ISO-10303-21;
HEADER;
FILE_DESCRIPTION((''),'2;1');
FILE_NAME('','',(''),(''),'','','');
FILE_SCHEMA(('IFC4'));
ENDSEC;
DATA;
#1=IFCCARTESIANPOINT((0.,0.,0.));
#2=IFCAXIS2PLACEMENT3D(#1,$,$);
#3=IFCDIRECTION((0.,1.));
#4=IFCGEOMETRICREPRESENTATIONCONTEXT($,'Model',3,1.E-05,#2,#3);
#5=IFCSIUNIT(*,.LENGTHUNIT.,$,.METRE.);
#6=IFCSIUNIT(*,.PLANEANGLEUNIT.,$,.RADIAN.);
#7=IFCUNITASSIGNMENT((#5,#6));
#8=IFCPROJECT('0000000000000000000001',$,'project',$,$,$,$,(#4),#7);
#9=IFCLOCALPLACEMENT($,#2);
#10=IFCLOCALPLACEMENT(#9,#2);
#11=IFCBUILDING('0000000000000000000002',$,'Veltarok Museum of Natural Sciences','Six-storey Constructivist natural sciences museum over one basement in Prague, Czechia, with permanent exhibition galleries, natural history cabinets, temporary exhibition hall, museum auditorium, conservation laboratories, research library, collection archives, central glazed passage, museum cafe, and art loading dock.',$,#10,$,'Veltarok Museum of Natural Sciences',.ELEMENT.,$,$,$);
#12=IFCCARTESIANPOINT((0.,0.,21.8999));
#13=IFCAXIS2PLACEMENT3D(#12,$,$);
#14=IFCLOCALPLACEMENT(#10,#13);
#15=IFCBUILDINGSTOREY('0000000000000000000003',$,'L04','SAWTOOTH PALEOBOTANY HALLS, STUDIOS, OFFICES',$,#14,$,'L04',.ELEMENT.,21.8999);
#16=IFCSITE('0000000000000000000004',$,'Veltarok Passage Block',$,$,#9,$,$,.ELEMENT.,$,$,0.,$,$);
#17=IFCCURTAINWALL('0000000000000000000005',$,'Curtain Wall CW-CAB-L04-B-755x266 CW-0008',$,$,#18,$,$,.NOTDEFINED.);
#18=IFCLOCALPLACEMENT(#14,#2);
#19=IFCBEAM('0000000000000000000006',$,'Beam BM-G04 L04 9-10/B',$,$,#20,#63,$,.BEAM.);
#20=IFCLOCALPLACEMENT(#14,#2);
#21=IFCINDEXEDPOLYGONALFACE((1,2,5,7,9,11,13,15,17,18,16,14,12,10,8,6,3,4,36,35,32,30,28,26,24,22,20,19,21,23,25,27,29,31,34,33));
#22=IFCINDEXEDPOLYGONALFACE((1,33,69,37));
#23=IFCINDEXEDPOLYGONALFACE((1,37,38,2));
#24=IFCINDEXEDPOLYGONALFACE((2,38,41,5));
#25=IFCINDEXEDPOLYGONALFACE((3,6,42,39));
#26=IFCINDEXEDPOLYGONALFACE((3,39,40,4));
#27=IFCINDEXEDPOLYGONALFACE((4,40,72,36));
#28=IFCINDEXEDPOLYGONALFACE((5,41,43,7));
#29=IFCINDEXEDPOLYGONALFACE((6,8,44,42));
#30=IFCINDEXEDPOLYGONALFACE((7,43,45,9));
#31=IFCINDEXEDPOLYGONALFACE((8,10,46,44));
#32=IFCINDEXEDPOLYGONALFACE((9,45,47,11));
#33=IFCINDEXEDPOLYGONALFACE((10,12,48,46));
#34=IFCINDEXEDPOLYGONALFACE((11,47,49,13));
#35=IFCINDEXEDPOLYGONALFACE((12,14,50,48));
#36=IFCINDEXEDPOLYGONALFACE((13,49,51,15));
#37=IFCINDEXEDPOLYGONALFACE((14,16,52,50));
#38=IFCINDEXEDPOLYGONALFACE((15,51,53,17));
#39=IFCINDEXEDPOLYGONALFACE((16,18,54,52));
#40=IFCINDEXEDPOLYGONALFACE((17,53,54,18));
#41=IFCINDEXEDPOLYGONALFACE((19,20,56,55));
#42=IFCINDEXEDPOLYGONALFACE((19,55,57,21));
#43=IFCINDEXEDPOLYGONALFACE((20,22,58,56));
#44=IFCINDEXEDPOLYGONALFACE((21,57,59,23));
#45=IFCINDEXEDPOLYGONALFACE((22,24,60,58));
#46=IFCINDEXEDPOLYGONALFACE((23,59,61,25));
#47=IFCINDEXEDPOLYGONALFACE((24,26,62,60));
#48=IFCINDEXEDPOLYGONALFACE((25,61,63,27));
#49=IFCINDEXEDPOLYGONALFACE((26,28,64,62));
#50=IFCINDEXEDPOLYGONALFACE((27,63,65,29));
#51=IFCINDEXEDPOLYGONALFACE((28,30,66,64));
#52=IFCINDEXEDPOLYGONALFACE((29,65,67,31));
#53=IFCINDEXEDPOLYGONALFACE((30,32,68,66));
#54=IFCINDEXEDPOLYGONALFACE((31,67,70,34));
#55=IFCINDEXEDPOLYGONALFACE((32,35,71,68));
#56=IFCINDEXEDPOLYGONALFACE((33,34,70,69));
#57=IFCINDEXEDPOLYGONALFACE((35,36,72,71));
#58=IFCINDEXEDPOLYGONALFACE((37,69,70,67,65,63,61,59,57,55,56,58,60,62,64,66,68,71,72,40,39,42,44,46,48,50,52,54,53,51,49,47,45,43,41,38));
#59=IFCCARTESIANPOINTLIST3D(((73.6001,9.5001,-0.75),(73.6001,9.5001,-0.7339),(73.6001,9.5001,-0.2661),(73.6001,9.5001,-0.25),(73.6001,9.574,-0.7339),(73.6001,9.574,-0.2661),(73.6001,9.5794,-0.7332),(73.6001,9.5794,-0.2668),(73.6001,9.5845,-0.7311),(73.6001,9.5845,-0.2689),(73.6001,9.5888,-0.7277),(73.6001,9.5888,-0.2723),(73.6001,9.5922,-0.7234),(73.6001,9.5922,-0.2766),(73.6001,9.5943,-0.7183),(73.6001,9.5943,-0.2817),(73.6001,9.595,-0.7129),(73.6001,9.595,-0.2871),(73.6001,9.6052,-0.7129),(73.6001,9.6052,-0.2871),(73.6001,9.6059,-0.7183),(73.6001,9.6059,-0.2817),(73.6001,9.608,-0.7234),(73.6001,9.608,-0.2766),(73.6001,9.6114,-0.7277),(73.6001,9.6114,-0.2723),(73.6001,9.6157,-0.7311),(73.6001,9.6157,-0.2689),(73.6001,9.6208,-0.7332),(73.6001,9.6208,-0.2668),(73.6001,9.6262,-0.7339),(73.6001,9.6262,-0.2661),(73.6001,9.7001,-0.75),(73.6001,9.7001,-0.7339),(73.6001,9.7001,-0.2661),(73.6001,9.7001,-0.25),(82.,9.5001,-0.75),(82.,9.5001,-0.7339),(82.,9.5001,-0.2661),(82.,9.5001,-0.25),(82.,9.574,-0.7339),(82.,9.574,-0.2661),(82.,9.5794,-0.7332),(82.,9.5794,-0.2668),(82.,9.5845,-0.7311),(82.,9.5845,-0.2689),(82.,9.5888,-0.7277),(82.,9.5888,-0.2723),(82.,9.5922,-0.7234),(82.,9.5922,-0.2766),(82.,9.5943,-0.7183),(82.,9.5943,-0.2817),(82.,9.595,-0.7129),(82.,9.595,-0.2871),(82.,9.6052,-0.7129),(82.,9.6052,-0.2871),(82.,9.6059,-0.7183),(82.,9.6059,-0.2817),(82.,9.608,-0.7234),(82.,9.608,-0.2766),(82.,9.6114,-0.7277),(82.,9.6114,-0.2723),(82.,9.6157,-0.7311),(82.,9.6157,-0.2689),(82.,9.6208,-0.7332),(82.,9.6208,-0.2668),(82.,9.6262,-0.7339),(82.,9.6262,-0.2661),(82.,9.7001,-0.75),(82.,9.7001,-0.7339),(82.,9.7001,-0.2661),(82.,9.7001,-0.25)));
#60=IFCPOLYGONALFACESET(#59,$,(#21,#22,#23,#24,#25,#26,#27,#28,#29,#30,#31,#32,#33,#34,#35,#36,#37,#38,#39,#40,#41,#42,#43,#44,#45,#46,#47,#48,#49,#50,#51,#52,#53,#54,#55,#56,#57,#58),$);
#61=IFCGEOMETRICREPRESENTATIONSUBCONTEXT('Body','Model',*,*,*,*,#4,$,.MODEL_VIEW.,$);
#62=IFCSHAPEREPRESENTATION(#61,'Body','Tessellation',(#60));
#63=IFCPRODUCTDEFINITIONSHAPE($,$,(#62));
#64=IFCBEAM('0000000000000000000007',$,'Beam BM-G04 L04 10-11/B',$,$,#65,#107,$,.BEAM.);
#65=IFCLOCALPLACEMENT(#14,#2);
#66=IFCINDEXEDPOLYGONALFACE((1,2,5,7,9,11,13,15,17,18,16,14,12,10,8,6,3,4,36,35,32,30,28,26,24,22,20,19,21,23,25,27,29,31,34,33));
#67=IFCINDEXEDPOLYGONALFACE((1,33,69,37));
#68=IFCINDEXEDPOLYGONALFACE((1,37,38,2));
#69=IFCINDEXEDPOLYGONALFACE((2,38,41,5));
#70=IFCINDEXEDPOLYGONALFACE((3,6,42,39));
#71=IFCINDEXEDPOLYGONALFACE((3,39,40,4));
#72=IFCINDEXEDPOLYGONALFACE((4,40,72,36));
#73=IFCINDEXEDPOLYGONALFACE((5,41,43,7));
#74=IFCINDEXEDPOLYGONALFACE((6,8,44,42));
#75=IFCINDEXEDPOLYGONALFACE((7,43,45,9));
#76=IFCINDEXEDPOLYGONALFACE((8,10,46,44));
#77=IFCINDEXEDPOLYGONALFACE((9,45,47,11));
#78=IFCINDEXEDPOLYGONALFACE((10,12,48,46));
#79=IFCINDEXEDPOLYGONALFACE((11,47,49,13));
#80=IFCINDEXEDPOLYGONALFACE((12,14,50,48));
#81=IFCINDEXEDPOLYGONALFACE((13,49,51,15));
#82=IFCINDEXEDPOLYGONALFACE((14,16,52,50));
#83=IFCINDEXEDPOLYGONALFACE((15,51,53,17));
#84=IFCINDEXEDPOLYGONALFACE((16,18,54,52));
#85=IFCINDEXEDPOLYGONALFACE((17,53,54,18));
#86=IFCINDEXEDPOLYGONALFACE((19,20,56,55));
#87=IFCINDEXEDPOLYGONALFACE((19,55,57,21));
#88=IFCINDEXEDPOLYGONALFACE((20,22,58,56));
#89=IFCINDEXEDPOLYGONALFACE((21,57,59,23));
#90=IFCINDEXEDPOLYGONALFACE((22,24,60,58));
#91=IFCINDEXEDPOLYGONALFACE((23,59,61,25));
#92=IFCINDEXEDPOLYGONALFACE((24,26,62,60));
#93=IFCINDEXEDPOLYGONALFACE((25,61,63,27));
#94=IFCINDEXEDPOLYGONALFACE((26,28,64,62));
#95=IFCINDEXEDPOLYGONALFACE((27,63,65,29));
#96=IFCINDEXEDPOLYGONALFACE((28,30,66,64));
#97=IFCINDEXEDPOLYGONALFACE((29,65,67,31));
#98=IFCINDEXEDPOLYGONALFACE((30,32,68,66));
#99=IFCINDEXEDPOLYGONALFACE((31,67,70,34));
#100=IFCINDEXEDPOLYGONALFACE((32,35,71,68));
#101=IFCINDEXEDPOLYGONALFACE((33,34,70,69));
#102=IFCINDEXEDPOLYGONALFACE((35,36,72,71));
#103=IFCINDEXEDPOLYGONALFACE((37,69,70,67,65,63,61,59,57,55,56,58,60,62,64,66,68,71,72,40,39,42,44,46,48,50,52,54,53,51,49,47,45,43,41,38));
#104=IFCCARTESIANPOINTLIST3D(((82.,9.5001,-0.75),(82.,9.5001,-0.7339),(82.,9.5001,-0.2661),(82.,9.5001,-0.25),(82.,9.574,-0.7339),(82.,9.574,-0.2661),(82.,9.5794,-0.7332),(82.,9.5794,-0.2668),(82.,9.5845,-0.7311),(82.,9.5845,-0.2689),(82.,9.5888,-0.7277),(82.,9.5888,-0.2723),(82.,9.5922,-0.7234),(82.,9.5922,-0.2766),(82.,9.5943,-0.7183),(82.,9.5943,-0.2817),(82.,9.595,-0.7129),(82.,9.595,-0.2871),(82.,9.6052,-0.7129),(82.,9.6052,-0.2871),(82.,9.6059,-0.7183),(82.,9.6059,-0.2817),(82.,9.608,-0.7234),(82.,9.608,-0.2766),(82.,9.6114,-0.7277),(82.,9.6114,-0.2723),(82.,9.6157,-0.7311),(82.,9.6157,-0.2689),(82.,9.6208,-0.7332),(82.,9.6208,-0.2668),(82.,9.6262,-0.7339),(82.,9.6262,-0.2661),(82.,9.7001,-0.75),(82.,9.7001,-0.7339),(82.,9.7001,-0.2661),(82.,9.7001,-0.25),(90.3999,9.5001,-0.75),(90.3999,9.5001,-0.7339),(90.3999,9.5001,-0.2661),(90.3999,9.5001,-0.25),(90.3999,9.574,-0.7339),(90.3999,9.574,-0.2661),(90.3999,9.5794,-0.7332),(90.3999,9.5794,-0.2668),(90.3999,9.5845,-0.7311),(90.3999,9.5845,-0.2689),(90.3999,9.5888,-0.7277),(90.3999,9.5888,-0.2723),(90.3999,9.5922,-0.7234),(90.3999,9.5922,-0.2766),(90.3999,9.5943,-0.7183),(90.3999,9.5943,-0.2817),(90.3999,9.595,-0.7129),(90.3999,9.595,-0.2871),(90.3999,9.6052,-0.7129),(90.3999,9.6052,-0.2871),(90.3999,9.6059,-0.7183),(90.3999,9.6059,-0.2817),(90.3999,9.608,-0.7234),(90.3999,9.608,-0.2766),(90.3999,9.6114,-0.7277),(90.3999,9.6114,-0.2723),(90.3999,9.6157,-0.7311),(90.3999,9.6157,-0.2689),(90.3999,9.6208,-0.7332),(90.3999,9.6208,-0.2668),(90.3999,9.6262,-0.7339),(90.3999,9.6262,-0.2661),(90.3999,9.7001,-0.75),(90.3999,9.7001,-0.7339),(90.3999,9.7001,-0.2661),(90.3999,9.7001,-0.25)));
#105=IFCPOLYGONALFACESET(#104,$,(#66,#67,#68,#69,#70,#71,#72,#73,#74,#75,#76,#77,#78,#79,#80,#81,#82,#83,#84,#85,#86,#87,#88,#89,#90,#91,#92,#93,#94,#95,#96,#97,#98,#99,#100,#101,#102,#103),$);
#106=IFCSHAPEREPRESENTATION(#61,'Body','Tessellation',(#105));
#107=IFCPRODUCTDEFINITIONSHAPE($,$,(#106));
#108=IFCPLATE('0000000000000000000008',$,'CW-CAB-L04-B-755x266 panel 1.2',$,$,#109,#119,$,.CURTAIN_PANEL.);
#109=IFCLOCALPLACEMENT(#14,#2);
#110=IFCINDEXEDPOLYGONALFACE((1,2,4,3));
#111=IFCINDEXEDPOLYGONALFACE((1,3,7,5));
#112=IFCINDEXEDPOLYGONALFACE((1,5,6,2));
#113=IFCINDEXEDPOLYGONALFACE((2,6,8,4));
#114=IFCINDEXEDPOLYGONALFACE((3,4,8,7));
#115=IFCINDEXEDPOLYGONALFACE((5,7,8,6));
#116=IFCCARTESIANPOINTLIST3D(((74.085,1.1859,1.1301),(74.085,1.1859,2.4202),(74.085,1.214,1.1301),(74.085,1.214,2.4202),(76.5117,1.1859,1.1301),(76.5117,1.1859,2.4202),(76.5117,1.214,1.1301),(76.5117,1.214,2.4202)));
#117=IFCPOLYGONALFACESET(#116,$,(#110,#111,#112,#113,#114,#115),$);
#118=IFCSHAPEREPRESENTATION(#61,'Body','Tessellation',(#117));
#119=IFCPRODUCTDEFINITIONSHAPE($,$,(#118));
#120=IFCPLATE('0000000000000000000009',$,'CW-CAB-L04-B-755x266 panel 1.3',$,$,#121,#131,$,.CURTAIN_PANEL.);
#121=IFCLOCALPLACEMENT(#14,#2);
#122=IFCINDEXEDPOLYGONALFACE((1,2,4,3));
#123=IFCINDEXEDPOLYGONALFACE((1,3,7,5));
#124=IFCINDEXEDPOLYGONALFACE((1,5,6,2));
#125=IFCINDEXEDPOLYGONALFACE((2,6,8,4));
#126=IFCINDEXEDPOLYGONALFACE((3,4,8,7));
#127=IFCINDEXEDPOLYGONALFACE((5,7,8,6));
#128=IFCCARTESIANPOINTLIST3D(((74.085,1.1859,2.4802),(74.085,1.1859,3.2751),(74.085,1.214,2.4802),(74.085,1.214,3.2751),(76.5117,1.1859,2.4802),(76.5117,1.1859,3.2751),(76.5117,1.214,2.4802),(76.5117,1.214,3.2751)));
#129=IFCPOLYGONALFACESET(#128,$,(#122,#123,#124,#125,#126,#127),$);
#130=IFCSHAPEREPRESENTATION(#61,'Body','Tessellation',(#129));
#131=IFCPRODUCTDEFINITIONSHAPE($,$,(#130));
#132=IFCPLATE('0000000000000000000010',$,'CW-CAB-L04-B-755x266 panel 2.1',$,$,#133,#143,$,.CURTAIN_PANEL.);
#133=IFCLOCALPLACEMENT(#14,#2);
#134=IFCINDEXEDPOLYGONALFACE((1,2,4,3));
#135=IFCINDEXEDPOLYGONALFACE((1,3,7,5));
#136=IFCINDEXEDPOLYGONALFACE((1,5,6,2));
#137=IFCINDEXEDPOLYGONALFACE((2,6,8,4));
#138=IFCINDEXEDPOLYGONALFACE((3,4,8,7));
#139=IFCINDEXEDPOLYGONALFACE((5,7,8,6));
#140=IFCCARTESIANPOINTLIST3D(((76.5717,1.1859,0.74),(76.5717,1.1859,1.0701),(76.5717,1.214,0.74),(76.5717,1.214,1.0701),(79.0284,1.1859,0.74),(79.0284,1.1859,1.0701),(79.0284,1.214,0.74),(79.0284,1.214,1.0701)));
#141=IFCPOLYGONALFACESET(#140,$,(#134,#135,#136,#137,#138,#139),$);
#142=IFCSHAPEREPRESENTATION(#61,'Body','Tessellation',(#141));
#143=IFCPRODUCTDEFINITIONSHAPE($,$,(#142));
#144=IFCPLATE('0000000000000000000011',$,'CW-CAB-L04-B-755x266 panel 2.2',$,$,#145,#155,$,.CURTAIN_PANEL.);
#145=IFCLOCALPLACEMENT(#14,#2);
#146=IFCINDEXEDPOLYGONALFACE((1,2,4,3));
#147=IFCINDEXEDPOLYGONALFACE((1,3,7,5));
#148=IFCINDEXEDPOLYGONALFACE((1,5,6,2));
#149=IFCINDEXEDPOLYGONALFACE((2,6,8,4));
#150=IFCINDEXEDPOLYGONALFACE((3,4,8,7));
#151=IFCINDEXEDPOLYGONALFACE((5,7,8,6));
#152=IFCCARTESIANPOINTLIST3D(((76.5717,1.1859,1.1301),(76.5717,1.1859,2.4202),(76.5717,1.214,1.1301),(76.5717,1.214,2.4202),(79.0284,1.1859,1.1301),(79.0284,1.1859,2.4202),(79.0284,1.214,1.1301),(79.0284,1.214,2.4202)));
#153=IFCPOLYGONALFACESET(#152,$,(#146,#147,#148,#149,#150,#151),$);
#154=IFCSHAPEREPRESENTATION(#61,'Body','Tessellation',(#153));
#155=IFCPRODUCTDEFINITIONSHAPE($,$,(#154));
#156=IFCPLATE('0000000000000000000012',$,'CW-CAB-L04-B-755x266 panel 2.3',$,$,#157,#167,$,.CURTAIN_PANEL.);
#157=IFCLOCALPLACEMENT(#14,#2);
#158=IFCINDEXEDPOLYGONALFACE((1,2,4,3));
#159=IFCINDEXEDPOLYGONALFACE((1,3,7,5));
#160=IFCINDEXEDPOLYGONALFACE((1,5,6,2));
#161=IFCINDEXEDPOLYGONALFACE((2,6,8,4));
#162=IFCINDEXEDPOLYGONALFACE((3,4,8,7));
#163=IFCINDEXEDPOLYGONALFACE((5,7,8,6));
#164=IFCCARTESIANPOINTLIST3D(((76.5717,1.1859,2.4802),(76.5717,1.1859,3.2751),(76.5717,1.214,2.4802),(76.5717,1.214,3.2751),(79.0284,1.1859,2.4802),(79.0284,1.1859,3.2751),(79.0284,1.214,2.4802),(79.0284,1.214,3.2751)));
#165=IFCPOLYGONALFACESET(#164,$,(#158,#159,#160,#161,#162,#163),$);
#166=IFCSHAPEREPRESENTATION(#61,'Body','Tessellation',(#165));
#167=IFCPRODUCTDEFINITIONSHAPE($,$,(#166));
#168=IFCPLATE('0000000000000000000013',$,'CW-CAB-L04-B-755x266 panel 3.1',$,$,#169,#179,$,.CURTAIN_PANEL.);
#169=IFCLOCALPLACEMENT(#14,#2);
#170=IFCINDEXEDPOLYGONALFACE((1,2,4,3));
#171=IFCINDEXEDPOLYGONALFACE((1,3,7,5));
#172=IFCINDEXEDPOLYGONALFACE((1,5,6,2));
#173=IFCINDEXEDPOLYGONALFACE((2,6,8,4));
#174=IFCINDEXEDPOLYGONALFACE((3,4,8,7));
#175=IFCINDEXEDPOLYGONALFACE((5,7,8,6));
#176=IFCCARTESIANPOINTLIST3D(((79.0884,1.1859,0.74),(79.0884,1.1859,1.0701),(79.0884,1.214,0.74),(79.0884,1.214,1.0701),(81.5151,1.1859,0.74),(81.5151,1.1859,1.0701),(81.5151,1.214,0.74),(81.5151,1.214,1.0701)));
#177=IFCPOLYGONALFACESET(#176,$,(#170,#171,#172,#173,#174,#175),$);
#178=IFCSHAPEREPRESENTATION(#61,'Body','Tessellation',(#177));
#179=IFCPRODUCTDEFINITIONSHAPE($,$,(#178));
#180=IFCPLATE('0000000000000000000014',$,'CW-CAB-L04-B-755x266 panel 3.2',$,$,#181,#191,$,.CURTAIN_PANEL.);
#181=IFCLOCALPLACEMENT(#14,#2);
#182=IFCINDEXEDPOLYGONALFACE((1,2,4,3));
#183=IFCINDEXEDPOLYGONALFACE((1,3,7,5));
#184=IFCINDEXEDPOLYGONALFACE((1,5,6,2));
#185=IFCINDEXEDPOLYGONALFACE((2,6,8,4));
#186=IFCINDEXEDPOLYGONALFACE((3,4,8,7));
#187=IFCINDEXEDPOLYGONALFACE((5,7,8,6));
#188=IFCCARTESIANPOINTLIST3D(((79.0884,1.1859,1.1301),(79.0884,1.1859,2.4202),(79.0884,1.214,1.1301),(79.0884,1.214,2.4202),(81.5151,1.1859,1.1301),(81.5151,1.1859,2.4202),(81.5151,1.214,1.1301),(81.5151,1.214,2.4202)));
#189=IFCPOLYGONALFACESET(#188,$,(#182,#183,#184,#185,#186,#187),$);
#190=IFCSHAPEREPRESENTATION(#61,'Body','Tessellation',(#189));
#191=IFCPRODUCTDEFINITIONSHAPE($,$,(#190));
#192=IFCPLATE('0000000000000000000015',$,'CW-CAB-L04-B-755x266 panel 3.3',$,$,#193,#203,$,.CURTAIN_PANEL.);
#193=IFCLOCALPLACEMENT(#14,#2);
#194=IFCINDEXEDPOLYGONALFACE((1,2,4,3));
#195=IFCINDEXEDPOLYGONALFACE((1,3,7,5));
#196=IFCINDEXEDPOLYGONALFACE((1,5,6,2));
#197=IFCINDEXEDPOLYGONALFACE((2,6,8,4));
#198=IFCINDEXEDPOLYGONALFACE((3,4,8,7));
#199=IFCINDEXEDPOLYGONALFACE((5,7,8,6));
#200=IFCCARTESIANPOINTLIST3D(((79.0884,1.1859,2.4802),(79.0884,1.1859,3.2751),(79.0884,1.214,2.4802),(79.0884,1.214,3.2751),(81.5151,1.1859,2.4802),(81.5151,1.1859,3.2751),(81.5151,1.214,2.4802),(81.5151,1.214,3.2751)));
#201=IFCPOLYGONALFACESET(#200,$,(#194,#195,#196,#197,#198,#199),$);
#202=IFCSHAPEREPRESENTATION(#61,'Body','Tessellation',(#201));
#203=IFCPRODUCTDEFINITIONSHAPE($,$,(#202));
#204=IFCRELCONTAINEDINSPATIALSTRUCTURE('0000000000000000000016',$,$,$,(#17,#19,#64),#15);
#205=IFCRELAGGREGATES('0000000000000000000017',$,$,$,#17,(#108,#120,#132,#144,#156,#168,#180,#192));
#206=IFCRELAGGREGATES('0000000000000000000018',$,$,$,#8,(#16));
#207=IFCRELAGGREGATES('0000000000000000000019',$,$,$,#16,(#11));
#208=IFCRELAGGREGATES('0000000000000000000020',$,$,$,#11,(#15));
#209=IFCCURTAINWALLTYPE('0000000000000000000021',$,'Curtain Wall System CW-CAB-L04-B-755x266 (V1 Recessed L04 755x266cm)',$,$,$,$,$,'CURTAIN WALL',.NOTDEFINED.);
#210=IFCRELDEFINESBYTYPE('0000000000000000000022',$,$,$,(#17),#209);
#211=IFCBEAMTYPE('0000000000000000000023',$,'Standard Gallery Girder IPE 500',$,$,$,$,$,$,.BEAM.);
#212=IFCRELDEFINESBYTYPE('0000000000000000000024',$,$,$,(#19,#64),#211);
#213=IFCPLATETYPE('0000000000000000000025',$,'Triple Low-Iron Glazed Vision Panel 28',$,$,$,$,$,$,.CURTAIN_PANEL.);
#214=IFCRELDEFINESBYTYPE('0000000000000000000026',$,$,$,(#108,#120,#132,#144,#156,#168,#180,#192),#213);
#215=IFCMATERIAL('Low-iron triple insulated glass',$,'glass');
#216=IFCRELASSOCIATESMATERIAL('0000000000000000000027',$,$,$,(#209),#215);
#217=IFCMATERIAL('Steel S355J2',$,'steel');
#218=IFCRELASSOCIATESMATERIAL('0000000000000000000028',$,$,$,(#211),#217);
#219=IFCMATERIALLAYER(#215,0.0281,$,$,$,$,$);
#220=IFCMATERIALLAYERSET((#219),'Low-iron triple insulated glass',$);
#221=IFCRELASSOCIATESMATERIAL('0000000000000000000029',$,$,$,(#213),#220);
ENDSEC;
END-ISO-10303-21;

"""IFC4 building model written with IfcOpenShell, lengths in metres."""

from ifc_helpers import new_model, si_unit, direction, frame, origin, origin_2d, place, context, subcontext, project, spatial, rectangle, i_section, extrude, material, layer, layer_set, material_profile, profile_set, type_object, element, aggregate, save


model = new_model("IFC4")

# Units and contexts
model_context = context("Model", 3, precision=1e-05, world=origin(), true_north=direction((0.0, 1.0)))
body_context = subcontext(model_context, "Body", "Model", "MODEL_VIEW")
ifc_project = project(units=[si_unit("LENGTHUNIT", "METRE"), si_unit("PLANEANGLEUNIT", "RADIAN")], contexts=[model_context])

# Site, building, storey
site_placement = place(None, origin())
site = spatial("IfcSite", under=ifc_project, at=site_placement, Name="Veltarok Passage Block", CompositionType="ELEMENT", RefElevation=0.0)
building_placement = place(site_placement, origin())
building = spatial("IfcBuilding", under=site, at=building_placement, Name="Veltarok Museum of Natural Sciences", Description="Six-storey Constructivist natural sciences museum over one basement in Prague, Czechia, with permanent exhibition galleries, natural history cabinets, temporary exhibition hall, museum auditorium, conservation laboratories, research library, collection archives, central glazed passage, museum cafe, and art loading dock.", LongName="Veltarok Museum of Natural Sciences", CompositionType="ELEMENT")
storey_placement = place(building_placement, frame((0.0, 0.0, 21.8999)))
storey = spatial("IfcBuildingStorey", under=building, at=storey_placement, Name="L04", Description="SAWTOOTH PALEOBOTANY HALLS, STUDIOS, OFFICES", LongName="L04", CompositionType="ELEMENT", Elevation=21.8999)

# Shared definitions
ifc_material_1 = material(Name="Steel S355J2", Category="steel")

# Curtain wall
ifc_material_2 = material(Name="Low-iron triple insulated glass", Category="glass")
curtain_wall_type = type_object("IfcCurtainWallType", Name="Curtain Wall System CW-CAB-L04-B-755x266 (V1 Recessed L04 755x266cm)", ElementType="CURTAIN WALL", PredefinedType="NOTDEFINED", material=ifc_material_2)
curtain_wall_placement = place(storey_placement, origin())
curtain_wall = element("IfcCurtainWall", 1, at=curtain_wall_placement, inside=storey, type_object=curtain_wall_type, Name="Curtain Wall CW-CAB-L04-B-755x266 CW-0008", PredefinedType="NOTDEFINED")

# Beams
ifc_material_profile_1 = material_profile(ifc_material_1, i_section(OverallWidth=0.2, OverallDepth=0.5, WebThickness=0.0103, FlangeThickness=0.0161, FilletRadius=0.021, at=origin_2d()), Name="IPE 500")
ifc_profile_set_1 = profile_set([ifc_material_profile_1], Name="Steel S355J2")
beam_type_1 = type_object("IfcBeamType", Name="Standard Gallery Girder IPE 500", PredefinedType="BEAM", material=ifc_profile_set_1)
for number, where, z_axis, x_axis, name in (
    (2, (73.6001, 9.6001, -0.5), (1.0, 0.0, 0.0), (0.0, 1.0, 0.0), "Beam BM-G04 L04 9-10/B"),
    (3, (82.0, 9.6001, -0.5), (1.0, 0.0, 0.0), (0.0, 1.0, 0.0), "Beam BM-G04 L04 10-11/B"),
):
    element("IfcBeam", number, at=place(storey_placement, frame(where, z_axis=z_axis, x_axis=x_axis)), inside=storey, type_object=beam_type_1, Name=name, PredefinedType="BEAM", context=body_context, shape_type="SweptSolid", body=[
        extrude(i_section(OverallWidth=0.2, OverallDepth=0.5, WebThickness=0.0103, FlangeThickness=0.0161, FilletRadius=0.021, at=origin_2d()), origin(), (0.0, 0.0, 1.0), 8.3999),
    ])

# Plates
ifc_layer = layer(ifc_material_2, 0.0281)
ifc_layer_set = layer_set([ifc_layer], Name="Low-iron triple insulated glass")
plate_type = type_object("IfcPlateType", Name="Triple Low-Iron Glazed Vision Panel 28", PredefinedType="CURTAIN_PANEL", material=ifc_layer_set)
plate_1_placement = place(storey_placement, frame((75.2983, 1.2, 1.1301), z_axis=(0.0, 0.0, 1.0), x_axis=(1.0, 0.0, 0.0)))
plate_1 = element("IfcPlate", 4, at=plate_1_placement, type_object=plate_type, Name="CW-CAB-L04-B-755x266 panel 1.2", PredefinedType="CURTAIN_PANEL", context=body_context, shape_type="SweptSolid", body=[
    extrude(rectangle(XDim=2.4268, YDim=0.0281, at=origin_2d()), origin(), (0.0, 0.0, 1.0), 1.29),
])
plate_2_placement = place(storey_placement, frame((75.2983, 1.2, 2.4802), z_axis=(0.0, 0.0, 1.0), x_axis=(1.0, 0.0, 0.0)))
plate_2 = element("IfcPlate", 5, at=plate_2_placement, type_object=plate_type, Name="CW-CAB-L04-B-755x266 panel 1.3", PredefinedType="CURTAIN_PANEL", context=body_context, shape_type="SweptSolid", body=[
    extrude(rectangle(XDim=2.4268, YDim=0.0281, at=origin_2d()), origin(), (0.0, 0.0, 1.0), 0.7949),
])
plate_3_placement = place(storey_placement, frame((77.8, 1.2, 0.74), z_axis=(0.0, 0.0, 1.0), x_axis=(1.0, 0.0, 0.0)))
plate_3 = element("IfcPlate", 6, at=plate_3_placement, type_object=plate_type, Name="CW-CAB-L04-B-755x266 panel 2.1", PredefinedType="CURTAIN_PANEL", context=body_context, shape_type="SweptSolid", body=[
    extrude(rectangle(XDim=2.4568, YDim=0.0281, at=origin_2d()), origin(), (0.0, 0.0, 1.0), 0.3301),
])
plate_4_placement = place(storey_placement, frame((77.8, 1.2, 1.1301), z_axis=(0.0, 0.0, 1.0), x_axis=(1.0, 0.0, 0.0)))
plate_4 = element("IfcPlate", 7, at=plate_4_placement, type_object=plate_type, Name="CW-CAB-L04-B-755x266 panel 2.2", PredefinedType="CURTAIN_PANEL", context=body_context, shape_type="SweptSolid", body=[
    extrude(rectangle(XDim=2.4568, YDim=0.0281, at=origin_2d()), origin(), (0.0, 0.0, 1.0), 1.29),
])
plate_5_placement = place(storey_placement, frame((77.8, 1.2, 2.4802), z_axis=(0.0, 0.0, 1.0), x_axis=(1.0, 0.0, 0.0)))
plate_5 = element("IfcPlate", 8, at=plate_5_placement, type_object=plate_type, Name="CW-CAB-L04-B-755x266 panel 2.3", PredefinedType="CURTAIN_PANEL", context=body_context, shape_type="SweptSolid", body=[
    extrude(rectangle(XDim=2.4568, YDim=0.0281, at=origin_2d()), origin(), (0.0, 0.0, 1.0), 0.7949),
])
plate_6_placement = place(storey_placement, frame((80.3018, 1.2, 0.74), z_axis=(0.0, 0.0, 1.0), x_axis=(1.0, 0.0, 0.0)))
plate_6 = element("IfcPlate", 9, at=plate_6_placement, type_object=plate_type, Name="CW-CAB-L04-B-755x266 panel 3.1", PredefinedType="CURTAIN_PANEL", context=body_context, shape_type="SweptSolid", body=[
    extrude(rectangle(XDim=2.4268, YDim=0.0281, at=origin_2d()), origin(), (0.0, 0.0, 1.0), 0.3301),
])
plate_7_placement = place(storey_placement, frame((80.3018, 1.2, 1.1301), z_axis=(0.0, 0.0, 1.0), x_axis=(1.0, 0.0, 0.0)))
plate_7 = element("IfcPlate", 10, at=plate_7_placement, type_object=plate_type, Name="CW-CAB-L04-B-755x266 panel 3.2", PredefinedType="CURTAIN_PANEL", context=body_context, shape_type="SweptSolid", body=[
    extrude(rectangle(XDim=2.4268, YDim=0.0281, at=origin_2d()), origin(), (0.0, 0.0, 1.0), 1.29),
])
plate_8_placement = place(storey_placement, frame((80.3018, 1.2, 2.4802), z_axis=(0.0, 0.0, 1.0), x_axis=(1.0, 0.0, 0.0)))
plate_8 = element("IfcPlate", 11, at=plate_8_placement, type_object=plate_type, Name="CW-CAB-L04-B-755x266 panel 3.3", PredefinedType="CURTAIN_PANEL", context=body_context, shape_type="SweptSolid", body=[
    extrude(rectangle(XDim=2.4268, YDim=0.0281, at=origin_2d()), origin(), (0.0, 0.0, 1.0), 0.7949),
])
aggregate(curtain_wall, [plate_1, plate_2, plate_3, plate_4, plate_5, plate_6, plate_7, plate_8])

save(model, "model.ifc")
